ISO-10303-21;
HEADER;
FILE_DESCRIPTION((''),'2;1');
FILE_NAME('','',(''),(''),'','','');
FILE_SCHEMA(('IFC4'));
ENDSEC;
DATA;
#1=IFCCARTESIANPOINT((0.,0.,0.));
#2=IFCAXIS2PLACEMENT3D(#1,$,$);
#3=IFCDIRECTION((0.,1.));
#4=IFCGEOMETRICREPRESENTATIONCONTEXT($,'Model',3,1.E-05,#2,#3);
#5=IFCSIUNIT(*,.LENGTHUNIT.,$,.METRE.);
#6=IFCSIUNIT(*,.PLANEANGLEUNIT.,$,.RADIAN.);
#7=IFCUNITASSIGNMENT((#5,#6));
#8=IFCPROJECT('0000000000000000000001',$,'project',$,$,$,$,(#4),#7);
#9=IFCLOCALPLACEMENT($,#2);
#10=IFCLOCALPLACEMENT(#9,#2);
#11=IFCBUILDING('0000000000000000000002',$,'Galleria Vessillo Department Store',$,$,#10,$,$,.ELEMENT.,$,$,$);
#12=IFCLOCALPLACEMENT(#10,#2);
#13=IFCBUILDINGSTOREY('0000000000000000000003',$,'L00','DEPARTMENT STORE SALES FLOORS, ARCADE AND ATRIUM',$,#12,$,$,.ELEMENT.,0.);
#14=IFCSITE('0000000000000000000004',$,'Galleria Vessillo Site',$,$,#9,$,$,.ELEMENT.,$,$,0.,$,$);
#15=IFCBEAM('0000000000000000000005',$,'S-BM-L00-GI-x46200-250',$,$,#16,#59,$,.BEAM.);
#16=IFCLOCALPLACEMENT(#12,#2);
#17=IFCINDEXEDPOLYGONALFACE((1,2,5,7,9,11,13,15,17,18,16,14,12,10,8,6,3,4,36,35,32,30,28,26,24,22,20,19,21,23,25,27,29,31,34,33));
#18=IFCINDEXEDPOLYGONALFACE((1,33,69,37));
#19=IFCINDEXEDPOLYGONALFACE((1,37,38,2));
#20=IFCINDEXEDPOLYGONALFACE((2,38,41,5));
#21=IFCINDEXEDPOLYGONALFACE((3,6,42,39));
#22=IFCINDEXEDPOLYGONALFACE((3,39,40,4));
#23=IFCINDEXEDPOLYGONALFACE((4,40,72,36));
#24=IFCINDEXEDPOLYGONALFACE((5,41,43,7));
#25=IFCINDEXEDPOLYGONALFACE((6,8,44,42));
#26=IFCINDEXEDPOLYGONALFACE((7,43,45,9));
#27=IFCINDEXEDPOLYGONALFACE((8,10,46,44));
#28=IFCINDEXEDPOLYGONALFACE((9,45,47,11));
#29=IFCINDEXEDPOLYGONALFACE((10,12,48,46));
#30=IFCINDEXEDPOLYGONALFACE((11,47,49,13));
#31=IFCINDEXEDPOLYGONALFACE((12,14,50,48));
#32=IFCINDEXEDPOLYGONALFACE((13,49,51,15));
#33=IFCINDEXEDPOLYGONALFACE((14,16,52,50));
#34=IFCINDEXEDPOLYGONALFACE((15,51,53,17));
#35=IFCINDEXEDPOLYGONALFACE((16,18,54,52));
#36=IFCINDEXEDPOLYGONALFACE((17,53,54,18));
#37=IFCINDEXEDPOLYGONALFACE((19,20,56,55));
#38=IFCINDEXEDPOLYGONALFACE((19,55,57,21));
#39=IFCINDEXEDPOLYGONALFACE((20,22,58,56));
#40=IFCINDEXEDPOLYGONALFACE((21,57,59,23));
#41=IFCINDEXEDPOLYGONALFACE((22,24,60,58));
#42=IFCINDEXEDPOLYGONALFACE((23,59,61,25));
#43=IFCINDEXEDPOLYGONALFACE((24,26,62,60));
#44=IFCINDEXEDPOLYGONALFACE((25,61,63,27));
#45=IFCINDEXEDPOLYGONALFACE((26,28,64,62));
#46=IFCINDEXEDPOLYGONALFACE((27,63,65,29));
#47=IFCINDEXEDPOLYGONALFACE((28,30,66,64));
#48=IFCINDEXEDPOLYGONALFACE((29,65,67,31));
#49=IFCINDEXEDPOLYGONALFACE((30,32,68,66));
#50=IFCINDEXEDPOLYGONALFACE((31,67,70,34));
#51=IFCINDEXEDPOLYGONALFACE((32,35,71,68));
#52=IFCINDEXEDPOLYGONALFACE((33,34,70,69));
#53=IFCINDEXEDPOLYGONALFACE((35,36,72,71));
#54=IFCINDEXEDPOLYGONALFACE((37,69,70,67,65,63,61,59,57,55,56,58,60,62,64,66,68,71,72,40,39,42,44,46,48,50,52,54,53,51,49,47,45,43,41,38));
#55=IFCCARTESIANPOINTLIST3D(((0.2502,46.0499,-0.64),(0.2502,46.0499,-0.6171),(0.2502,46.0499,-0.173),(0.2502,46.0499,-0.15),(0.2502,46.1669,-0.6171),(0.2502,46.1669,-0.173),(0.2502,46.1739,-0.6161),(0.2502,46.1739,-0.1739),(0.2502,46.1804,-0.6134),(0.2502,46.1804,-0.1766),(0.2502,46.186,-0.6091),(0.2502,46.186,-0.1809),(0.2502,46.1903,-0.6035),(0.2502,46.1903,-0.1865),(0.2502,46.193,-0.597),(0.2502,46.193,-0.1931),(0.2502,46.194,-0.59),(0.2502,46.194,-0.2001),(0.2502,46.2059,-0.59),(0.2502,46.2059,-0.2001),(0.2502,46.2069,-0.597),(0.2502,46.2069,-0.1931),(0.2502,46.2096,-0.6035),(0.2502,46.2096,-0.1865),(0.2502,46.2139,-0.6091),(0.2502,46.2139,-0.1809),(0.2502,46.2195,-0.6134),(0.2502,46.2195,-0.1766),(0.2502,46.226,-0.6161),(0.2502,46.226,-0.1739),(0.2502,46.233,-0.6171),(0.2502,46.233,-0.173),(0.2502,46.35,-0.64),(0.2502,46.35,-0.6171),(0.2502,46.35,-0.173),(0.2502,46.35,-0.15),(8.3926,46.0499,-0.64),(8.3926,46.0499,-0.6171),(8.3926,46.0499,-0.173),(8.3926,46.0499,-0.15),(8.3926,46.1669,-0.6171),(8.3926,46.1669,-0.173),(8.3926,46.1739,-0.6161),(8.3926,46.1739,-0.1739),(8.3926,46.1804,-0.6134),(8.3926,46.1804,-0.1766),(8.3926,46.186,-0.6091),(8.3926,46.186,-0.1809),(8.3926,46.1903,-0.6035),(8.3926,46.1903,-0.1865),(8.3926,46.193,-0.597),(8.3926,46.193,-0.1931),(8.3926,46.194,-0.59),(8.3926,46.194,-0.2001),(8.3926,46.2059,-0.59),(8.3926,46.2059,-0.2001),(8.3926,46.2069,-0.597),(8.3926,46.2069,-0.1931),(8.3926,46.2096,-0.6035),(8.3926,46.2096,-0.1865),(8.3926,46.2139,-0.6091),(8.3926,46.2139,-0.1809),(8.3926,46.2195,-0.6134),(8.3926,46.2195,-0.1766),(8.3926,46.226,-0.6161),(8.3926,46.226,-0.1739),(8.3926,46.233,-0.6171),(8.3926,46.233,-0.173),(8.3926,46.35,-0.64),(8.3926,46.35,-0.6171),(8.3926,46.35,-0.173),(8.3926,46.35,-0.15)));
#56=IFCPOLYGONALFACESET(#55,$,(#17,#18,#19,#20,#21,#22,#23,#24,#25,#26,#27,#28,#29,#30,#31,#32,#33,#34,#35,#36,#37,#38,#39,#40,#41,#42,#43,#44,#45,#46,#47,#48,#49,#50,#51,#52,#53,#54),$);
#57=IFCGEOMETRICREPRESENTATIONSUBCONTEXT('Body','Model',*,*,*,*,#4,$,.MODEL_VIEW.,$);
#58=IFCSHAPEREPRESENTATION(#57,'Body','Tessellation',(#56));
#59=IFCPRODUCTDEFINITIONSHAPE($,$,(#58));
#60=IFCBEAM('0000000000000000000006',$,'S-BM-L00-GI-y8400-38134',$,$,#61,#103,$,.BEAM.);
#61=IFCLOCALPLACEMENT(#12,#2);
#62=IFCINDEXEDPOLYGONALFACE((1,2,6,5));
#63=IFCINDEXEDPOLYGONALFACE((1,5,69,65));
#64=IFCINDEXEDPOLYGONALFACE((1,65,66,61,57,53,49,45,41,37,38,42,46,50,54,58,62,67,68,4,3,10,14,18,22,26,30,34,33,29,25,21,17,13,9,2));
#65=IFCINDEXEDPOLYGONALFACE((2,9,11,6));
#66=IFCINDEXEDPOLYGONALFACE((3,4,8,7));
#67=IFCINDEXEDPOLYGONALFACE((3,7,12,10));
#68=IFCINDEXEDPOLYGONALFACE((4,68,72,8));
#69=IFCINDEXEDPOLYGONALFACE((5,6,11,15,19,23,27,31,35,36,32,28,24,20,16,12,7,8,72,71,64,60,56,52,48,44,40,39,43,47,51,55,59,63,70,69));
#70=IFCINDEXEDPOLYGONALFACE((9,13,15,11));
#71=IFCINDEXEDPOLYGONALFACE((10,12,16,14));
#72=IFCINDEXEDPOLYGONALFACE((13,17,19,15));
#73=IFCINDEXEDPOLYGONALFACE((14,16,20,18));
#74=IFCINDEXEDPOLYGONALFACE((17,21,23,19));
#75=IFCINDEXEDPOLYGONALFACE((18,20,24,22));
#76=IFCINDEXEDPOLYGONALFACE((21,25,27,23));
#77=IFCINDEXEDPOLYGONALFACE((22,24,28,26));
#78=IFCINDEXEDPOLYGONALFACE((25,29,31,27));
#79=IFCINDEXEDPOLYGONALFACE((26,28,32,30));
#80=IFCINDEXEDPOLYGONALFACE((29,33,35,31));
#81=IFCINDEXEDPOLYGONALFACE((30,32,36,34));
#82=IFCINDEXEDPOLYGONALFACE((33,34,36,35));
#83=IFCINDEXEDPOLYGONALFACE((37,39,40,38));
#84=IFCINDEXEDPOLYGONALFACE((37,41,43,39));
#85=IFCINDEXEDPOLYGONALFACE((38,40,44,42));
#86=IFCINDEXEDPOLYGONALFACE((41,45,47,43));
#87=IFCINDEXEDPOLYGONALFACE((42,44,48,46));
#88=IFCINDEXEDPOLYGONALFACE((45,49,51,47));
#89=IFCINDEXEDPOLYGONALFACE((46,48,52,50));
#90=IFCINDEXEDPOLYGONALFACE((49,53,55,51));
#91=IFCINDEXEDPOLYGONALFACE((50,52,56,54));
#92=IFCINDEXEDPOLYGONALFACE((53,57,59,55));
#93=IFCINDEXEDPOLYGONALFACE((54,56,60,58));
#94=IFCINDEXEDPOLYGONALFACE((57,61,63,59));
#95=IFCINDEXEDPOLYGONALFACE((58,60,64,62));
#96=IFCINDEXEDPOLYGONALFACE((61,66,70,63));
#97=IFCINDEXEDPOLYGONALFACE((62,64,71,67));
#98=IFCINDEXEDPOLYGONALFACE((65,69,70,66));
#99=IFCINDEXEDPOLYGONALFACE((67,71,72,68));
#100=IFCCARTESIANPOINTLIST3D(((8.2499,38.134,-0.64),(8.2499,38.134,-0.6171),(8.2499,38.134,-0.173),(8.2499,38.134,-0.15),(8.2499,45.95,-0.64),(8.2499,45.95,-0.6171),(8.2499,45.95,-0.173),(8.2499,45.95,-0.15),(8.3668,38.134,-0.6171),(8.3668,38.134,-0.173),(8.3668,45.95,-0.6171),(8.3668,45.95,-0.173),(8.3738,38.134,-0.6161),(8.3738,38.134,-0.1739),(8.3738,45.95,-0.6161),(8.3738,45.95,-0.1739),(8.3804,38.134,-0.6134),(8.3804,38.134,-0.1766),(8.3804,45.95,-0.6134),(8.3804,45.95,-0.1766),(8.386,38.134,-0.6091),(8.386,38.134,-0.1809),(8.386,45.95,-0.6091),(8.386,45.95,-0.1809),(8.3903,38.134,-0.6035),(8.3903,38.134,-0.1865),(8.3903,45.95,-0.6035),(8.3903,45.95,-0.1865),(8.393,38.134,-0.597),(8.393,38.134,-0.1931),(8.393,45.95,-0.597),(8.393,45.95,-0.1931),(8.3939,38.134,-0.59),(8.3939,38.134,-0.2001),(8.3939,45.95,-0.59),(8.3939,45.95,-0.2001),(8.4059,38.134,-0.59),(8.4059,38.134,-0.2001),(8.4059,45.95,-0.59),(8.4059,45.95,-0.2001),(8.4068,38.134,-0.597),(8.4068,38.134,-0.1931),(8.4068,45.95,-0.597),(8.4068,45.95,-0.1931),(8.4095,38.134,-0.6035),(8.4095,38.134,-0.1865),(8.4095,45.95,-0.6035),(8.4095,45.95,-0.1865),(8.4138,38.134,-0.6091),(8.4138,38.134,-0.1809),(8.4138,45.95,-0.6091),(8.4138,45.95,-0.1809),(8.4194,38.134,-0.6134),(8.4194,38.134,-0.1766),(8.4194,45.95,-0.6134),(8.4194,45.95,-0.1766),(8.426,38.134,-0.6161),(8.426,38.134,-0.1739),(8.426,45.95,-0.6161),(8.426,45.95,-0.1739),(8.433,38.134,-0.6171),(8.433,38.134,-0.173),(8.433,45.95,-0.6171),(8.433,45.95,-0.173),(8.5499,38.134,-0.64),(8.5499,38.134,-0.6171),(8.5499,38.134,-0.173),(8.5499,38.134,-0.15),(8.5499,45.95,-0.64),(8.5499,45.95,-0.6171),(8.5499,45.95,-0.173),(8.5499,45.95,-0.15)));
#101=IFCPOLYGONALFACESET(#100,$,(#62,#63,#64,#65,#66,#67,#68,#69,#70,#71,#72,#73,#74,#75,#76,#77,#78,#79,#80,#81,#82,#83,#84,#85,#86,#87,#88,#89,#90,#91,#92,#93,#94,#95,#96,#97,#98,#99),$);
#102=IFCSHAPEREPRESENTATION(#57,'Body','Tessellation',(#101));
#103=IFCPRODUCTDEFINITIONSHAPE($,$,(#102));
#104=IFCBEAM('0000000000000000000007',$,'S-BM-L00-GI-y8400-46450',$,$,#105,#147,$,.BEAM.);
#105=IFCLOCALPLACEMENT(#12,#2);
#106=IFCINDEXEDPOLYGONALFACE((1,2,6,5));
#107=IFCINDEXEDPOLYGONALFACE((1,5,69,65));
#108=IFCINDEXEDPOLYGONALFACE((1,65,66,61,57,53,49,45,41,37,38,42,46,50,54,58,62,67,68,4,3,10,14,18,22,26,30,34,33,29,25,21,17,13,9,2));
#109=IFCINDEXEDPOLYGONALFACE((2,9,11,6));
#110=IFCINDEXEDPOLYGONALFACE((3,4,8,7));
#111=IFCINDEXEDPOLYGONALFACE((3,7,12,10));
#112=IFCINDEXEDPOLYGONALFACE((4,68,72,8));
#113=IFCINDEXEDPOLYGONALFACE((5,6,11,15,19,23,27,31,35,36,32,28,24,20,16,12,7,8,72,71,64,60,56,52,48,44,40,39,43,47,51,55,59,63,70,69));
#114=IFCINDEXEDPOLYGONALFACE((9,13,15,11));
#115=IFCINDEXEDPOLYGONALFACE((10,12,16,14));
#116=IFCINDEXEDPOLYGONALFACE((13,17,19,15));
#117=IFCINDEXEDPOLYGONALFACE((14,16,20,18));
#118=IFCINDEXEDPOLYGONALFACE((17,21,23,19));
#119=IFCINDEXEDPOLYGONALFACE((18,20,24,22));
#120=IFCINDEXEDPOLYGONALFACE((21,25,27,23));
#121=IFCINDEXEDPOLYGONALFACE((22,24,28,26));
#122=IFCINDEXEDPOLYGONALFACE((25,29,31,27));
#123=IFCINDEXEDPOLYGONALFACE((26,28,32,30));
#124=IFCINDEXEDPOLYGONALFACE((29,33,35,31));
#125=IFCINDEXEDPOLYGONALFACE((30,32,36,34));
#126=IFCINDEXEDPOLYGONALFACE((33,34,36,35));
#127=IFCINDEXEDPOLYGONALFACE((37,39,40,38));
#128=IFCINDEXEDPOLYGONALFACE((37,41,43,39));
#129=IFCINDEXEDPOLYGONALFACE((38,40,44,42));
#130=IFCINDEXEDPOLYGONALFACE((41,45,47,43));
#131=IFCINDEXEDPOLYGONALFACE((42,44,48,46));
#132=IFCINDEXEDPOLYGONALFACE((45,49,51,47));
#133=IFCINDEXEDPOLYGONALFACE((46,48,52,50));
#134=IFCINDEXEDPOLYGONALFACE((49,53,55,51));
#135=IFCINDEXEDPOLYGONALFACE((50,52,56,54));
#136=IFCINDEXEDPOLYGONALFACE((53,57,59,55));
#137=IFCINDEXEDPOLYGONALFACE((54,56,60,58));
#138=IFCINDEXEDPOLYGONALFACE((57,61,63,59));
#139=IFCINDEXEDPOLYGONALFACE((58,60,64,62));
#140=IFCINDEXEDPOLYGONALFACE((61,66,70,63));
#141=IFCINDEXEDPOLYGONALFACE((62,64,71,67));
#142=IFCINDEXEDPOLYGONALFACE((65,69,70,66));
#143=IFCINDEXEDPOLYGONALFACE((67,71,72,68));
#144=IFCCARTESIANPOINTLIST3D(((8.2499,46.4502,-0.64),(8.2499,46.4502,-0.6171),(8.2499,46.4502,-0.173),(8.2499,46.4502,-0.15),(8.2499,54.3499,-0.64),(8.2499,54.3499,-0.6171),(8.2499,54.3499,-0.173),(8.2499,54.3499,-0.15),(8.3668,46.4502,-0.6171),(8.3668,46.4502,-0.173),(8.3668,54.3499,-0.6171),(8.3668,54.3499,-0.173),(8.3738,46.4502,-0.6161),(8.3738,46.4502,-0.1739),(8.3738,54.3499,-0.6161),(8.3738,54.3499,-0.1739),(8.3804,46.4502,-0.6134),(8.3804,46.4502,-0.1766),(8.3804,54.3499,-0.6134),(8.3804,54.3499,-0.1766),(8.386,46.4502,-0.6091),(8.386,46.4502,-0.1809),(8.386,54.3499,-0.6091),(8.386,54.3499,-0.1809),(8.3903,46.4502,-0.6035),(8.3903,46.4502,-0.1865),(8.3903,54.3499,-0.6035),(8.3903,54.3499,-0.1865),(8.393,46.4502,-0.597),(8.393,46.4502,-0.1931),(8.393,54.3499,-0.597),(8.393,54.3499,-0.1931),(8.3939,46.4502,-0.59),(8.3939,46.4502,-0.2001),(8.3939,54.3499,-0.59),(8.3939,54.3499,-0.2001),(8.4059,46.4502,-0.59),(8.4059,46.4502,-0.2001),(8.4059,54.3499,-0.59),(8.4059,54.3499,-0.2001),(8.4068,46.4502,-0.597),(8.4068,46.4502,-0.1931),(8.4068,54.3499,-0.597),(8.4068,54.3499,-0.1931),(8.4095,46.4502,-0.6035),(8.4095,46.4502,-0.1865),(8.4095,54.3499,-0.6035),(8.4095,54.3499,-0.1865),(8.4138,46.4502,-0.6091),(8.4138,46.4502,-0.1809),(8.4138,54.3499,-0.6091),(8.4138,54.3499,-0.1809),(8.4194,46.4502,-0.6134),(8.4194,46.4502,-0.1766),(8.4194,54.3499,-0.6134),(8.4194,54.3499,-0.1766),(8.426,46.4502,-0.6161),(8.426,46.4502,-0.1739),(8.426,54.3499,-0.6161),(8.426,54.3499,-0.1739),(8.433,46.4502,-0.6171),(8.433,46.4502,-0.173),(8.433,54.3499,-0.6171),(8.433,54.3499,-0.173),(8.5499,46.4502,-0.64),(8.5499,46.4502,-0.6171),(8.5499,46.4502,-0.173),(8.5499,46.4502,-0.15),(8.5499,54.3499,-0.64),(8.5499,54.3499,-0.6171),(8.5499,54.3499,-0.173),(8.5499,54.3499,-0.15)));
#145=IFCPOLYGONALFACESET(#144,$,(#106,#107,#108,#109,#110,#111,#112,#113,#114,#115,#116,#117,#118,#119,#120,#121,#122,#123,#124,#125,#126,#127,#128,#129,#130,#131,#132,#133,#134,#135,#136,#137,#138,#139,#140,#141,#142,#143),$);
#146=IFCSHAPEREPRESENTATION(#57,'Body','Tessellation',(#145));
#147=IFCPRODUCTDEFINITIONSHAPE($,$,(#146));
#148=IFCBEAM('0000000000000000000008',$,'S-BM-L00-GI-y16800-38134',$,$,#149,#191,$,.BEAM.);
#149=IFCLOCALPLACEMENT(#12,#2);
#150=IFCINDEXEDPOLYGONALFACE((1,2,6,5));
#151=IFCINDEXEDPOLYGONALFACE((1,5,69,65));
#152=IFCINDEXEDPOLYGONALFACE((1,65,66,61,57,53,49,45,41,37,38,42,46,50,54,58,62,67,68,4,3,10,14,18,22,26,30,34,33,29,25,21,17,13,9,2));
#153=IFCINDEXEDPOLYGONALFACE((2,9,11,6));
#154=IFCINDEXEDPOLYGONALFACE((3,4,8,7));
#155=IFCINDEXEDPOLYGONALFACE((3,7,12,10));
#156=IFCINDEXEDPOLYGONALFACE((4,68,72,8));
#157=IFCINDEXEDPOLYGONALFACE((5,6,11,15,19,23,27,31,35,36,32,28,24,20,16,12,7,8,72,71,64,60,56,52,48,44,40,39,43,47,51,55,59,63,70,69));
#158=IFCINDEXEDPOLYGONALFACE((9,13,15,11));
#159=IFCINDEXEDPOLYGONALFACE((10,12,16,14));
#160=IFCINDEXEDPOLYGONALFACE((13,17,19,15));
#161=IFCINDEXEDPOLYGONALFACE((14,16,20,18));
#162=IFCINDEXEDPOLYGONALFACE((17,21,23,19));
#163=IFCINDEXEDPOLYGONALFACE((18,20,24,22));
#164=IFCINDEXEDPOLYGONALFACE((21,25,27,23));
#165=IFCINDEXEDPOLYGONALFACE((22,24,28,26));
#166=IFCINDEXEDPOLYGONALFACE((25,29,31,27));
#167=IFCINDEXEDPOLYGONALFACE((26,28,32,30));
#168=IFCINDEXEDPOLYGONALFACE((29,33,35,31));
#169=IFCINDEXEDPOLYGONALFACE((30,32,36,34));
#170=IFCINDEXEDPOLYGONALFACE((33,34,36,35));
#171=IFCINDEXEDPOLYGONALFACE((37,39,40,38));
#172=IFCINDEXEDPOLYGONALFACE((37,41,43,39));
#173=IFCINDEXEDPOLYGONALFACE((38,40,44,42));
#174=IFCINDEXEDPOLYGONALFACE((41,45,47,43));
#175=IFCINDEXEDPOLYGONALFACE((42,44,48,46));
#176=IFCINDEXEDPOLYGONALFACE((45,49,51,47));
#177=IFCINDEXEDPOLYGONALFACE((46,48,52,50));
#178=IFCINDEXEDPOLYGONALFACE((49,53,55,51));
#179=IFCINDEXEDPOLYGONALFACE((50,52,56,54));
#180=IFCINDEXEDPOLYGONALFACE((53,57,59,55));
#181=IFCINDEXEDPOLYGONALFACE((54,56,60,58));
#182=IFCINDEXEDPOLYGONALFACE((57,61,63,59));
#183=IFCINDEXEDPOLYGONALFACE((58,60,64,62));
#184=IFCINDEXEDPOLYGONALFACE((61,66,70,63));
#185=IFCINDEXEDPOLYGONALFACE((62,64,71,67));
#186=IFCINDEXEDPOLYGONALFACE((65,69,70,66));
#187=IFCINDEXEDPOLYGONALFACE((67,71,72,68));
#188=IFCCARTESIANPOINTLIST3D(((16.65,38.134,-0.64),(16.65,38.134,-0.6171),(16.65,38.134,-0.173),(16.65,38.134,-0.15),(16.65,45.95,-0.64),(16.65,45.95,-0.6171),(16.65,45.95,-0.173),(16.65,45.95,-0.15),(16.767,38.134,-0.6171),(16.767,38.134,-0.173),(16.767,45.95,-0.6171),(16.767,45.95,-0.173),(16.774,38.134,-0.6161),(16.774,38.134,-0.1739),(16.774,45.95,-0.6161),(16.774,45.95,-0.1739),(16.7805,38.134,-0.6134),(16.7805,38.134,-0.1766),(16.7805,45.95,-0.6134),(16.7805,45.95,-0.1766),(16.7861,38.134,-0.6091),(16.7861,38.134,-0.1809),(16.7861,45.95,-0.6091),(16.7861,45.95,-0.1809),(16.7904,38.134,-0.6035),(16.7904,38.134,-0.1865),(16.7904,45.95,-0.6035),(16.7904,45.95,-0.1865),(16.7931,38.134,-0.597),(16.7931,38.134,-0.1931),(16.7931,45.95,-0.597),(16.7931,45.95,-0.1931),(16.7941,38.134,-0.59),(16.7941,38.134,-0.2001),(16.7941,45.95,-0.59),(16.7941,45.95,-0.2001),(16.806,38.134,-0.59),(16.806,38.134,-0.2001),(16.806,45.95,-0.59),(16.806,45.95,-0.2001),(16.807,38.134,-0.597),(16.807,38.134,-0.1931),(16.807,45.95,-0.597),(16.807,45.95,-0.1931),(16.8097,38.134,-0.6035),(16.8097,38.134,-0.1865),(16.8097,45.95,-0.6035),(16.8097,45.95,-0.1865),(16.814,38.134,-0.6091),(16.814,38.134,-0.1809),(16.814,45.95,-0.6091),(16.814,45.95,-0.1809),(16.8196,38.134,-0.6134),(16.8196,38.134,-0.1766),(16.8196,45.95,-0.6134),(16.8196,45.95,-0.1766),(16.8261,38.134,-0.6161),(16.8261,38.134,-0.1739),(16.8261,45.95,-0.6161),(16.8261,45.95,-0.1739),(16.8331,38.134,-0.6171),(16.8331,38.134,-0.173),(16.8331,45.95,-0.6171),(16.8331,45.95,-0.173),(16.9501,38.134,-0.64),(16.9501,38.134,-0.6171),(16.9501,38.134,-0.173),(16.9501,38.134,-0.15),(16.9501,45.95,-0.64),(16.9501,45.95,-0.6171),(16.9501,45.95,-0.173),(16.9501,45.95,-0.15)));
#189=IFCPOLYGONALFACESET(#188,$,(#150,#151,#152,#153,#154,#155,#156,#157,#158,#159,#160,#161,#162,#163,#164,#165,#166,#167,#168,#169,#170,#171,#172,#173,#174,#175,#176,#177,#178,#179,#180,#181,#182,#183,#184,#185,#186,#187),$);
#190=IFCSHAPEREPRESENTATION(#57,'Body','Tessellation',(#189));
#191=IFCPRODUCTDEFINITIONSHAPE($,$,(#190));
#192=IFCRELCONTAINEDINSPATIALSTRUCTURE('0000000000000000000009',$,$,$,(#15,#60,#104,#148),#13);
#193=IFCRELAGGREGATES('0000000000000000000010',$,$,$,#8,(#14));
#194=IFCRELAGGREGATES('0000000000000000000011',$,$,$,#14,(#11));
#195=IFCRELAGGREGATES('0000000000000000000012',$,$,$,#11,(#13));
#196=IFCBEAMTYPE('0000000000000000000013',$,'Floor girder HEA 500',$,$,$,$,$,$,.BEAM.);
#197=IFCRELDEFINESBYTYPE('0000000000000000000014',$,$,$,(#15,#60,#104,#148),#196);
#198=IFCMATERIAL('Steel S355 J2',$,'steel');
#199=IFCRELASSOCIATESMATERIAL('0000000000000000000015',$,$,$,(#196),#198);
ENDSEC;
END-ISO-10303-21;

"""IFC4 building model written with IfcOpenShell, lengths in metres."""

from ifc_helpers import new_model, si_unit, direction, frame, origin, origin_2d, place, context, subcontext, project, spatial, i_section, extrude, material, material_profile, profile_set, type_object, element, save


model = new_model("IFC4")

# Units and contexts
model_context = context("Model", 3, precision=1e-05, world=origin(), true_north=direction((0.0, 1.0)))
body_context = subcontext(model_context, "Body", "Model", "MODEL_VIEW")
ifc_project = project(units=[si_unit("LENGTHUNIT", "METRE"), si_unit("PLANEANGLEUNIT", "RADIAN")], contexts=[model_context])

# Site, building, storey
site_placement = place(None, origin())
site = spatial("IfcSite", under=ifc_project, at=site_placement, Name="Galleria Vessillo Site", CompositionType="ELEMENT", RefElevation=0.0)
building_placement = place(site_placement, origin())
building = spatial("IfcBuilding", under=site, at=building_placement, Name="Galleria Vessillo Department Store", CompositionType="ELEMENT")
storey_placement = place(building_placement, origin())
storey = spatial("IfcBuildingStorey", under=building, at=storey_placement, Name="L00", Description="DEPARTMENT STORE SALES FLOORS, ARCADE AND ATRIUM", CompositionType="ELEMENT", Elevation=0.0)

# Beams
ifc_material_1 = material(Name="Steel S355 J2", Category="steel")
ifc_material_profile_1 = material_profile(ifc_material_1, i_section(OverallWidth=0.3, OverallDepth=0.49, WebThickness=0.012, FlangeThickness=0.0229, FilletRadius=0.0271, at=origin_2d()), Name="HEA 500")
ifc_profile_set_1 = profile_set([ifc_material_profile_1], Name="Steel S355 J2")
beam_type_1 = type_object("IfcBeamType", Name="Floor girder HEA 500", PredefinedType="BEAM", material=ifc_profile_set_1)
beam_1_placement = place(storey_placement, frame((0.2502, 46.2, -0.395), z_axis=(1.0, 0.0, 0.0), x_axis=(0.0, 1.0, 0.0)))
element("IfcBeam", 1, at=beam_1_placement, inside=storey, type_object=beam_type_1, Name="S-BM-L00-GI-x46200-250", PredefinedType="BEAM", context=body_context, shape_type="SweptSolid", body=[
    extrude(i_section(OverallWidth=0.3, OverallDepth=0.49, WebThickness=0.012, FlangeThickness=0.0229, FilletRadius=0.0271, at=origin_2d()), origin(), (0.0, 0.0, 1.0), 8.1423),
])
beam_2_placement = place(storey_placement, frame((8.3999, 38.134, -0.395), z_axis=(0.0, 1.0, 0.0), x_axis=(-1.0, 0.0, 0.0)))
element("IfcBeam", 2, at=beam_2_placement, inside=storey, type_object=beam_type_1, Name="S-BM-L00-GI-y8400-38134", PredefinedType="BEAM", context=body_context, shape_type="SweptSolid", body=[
    extrude(i_section(OverallWidth=0.3, OverallDepth=0.49, WebThickness=0.012, FlangeThickness=0.0229, FilletRadius=0.0271, at=origin_2d()), origin(), (0.0, 0.0, 1.0), 7.8159),
])
beam_3_placement = place(storey_placement, frame((8.3999, 46.4502, -0.395), z_axis=(0.0, 1.0, 0.0), x_axis=(-1.0, 0.0, 0.0)))
element("IfcBeam", 3, at=beam_3_placement, inside=storey, type_object=beam_type_1, Name="S-BM-L00-GI-y8400-46450", PredefinedType="BEAM", context=body_context, shape_type="SweptSolid", body=[
    extrude(i_section(OverallWidth=0.3, OverallDepth=0.49, WebThickness=0.012, FlangeThickness=0.0229, FilletRadius=0.0271, at=origin_2d()), origin(), (0.0, 0.0, 1.0), 7.8997),
])
beam_4_placement = place(storey_placement, frame((16.8, 38.134, -0.395), z_axis=(0.0, 1.0, 0.0), x_axis=(-1.0, 0.0, 0.0)))
element("IfcBeam", 4, at=beam_4_placement, inside=storey, type_object=beam_type_1, Name="S-BM-L00-GI-y16800-38134", PredefinedType="BEAM", context=body_context, shape_type="SweptSolid", body=[
    extrude(i_section(OverallWidth=0.3, OverallDepth=0.49, WebThickness=0.012, FlangeThickness=0.0229, FilletRadius=0.0271, at=origin_2d()), origin(), (0.0, 0.0, 1.0), 7.8159),
])

save(model, "model.ifc")
